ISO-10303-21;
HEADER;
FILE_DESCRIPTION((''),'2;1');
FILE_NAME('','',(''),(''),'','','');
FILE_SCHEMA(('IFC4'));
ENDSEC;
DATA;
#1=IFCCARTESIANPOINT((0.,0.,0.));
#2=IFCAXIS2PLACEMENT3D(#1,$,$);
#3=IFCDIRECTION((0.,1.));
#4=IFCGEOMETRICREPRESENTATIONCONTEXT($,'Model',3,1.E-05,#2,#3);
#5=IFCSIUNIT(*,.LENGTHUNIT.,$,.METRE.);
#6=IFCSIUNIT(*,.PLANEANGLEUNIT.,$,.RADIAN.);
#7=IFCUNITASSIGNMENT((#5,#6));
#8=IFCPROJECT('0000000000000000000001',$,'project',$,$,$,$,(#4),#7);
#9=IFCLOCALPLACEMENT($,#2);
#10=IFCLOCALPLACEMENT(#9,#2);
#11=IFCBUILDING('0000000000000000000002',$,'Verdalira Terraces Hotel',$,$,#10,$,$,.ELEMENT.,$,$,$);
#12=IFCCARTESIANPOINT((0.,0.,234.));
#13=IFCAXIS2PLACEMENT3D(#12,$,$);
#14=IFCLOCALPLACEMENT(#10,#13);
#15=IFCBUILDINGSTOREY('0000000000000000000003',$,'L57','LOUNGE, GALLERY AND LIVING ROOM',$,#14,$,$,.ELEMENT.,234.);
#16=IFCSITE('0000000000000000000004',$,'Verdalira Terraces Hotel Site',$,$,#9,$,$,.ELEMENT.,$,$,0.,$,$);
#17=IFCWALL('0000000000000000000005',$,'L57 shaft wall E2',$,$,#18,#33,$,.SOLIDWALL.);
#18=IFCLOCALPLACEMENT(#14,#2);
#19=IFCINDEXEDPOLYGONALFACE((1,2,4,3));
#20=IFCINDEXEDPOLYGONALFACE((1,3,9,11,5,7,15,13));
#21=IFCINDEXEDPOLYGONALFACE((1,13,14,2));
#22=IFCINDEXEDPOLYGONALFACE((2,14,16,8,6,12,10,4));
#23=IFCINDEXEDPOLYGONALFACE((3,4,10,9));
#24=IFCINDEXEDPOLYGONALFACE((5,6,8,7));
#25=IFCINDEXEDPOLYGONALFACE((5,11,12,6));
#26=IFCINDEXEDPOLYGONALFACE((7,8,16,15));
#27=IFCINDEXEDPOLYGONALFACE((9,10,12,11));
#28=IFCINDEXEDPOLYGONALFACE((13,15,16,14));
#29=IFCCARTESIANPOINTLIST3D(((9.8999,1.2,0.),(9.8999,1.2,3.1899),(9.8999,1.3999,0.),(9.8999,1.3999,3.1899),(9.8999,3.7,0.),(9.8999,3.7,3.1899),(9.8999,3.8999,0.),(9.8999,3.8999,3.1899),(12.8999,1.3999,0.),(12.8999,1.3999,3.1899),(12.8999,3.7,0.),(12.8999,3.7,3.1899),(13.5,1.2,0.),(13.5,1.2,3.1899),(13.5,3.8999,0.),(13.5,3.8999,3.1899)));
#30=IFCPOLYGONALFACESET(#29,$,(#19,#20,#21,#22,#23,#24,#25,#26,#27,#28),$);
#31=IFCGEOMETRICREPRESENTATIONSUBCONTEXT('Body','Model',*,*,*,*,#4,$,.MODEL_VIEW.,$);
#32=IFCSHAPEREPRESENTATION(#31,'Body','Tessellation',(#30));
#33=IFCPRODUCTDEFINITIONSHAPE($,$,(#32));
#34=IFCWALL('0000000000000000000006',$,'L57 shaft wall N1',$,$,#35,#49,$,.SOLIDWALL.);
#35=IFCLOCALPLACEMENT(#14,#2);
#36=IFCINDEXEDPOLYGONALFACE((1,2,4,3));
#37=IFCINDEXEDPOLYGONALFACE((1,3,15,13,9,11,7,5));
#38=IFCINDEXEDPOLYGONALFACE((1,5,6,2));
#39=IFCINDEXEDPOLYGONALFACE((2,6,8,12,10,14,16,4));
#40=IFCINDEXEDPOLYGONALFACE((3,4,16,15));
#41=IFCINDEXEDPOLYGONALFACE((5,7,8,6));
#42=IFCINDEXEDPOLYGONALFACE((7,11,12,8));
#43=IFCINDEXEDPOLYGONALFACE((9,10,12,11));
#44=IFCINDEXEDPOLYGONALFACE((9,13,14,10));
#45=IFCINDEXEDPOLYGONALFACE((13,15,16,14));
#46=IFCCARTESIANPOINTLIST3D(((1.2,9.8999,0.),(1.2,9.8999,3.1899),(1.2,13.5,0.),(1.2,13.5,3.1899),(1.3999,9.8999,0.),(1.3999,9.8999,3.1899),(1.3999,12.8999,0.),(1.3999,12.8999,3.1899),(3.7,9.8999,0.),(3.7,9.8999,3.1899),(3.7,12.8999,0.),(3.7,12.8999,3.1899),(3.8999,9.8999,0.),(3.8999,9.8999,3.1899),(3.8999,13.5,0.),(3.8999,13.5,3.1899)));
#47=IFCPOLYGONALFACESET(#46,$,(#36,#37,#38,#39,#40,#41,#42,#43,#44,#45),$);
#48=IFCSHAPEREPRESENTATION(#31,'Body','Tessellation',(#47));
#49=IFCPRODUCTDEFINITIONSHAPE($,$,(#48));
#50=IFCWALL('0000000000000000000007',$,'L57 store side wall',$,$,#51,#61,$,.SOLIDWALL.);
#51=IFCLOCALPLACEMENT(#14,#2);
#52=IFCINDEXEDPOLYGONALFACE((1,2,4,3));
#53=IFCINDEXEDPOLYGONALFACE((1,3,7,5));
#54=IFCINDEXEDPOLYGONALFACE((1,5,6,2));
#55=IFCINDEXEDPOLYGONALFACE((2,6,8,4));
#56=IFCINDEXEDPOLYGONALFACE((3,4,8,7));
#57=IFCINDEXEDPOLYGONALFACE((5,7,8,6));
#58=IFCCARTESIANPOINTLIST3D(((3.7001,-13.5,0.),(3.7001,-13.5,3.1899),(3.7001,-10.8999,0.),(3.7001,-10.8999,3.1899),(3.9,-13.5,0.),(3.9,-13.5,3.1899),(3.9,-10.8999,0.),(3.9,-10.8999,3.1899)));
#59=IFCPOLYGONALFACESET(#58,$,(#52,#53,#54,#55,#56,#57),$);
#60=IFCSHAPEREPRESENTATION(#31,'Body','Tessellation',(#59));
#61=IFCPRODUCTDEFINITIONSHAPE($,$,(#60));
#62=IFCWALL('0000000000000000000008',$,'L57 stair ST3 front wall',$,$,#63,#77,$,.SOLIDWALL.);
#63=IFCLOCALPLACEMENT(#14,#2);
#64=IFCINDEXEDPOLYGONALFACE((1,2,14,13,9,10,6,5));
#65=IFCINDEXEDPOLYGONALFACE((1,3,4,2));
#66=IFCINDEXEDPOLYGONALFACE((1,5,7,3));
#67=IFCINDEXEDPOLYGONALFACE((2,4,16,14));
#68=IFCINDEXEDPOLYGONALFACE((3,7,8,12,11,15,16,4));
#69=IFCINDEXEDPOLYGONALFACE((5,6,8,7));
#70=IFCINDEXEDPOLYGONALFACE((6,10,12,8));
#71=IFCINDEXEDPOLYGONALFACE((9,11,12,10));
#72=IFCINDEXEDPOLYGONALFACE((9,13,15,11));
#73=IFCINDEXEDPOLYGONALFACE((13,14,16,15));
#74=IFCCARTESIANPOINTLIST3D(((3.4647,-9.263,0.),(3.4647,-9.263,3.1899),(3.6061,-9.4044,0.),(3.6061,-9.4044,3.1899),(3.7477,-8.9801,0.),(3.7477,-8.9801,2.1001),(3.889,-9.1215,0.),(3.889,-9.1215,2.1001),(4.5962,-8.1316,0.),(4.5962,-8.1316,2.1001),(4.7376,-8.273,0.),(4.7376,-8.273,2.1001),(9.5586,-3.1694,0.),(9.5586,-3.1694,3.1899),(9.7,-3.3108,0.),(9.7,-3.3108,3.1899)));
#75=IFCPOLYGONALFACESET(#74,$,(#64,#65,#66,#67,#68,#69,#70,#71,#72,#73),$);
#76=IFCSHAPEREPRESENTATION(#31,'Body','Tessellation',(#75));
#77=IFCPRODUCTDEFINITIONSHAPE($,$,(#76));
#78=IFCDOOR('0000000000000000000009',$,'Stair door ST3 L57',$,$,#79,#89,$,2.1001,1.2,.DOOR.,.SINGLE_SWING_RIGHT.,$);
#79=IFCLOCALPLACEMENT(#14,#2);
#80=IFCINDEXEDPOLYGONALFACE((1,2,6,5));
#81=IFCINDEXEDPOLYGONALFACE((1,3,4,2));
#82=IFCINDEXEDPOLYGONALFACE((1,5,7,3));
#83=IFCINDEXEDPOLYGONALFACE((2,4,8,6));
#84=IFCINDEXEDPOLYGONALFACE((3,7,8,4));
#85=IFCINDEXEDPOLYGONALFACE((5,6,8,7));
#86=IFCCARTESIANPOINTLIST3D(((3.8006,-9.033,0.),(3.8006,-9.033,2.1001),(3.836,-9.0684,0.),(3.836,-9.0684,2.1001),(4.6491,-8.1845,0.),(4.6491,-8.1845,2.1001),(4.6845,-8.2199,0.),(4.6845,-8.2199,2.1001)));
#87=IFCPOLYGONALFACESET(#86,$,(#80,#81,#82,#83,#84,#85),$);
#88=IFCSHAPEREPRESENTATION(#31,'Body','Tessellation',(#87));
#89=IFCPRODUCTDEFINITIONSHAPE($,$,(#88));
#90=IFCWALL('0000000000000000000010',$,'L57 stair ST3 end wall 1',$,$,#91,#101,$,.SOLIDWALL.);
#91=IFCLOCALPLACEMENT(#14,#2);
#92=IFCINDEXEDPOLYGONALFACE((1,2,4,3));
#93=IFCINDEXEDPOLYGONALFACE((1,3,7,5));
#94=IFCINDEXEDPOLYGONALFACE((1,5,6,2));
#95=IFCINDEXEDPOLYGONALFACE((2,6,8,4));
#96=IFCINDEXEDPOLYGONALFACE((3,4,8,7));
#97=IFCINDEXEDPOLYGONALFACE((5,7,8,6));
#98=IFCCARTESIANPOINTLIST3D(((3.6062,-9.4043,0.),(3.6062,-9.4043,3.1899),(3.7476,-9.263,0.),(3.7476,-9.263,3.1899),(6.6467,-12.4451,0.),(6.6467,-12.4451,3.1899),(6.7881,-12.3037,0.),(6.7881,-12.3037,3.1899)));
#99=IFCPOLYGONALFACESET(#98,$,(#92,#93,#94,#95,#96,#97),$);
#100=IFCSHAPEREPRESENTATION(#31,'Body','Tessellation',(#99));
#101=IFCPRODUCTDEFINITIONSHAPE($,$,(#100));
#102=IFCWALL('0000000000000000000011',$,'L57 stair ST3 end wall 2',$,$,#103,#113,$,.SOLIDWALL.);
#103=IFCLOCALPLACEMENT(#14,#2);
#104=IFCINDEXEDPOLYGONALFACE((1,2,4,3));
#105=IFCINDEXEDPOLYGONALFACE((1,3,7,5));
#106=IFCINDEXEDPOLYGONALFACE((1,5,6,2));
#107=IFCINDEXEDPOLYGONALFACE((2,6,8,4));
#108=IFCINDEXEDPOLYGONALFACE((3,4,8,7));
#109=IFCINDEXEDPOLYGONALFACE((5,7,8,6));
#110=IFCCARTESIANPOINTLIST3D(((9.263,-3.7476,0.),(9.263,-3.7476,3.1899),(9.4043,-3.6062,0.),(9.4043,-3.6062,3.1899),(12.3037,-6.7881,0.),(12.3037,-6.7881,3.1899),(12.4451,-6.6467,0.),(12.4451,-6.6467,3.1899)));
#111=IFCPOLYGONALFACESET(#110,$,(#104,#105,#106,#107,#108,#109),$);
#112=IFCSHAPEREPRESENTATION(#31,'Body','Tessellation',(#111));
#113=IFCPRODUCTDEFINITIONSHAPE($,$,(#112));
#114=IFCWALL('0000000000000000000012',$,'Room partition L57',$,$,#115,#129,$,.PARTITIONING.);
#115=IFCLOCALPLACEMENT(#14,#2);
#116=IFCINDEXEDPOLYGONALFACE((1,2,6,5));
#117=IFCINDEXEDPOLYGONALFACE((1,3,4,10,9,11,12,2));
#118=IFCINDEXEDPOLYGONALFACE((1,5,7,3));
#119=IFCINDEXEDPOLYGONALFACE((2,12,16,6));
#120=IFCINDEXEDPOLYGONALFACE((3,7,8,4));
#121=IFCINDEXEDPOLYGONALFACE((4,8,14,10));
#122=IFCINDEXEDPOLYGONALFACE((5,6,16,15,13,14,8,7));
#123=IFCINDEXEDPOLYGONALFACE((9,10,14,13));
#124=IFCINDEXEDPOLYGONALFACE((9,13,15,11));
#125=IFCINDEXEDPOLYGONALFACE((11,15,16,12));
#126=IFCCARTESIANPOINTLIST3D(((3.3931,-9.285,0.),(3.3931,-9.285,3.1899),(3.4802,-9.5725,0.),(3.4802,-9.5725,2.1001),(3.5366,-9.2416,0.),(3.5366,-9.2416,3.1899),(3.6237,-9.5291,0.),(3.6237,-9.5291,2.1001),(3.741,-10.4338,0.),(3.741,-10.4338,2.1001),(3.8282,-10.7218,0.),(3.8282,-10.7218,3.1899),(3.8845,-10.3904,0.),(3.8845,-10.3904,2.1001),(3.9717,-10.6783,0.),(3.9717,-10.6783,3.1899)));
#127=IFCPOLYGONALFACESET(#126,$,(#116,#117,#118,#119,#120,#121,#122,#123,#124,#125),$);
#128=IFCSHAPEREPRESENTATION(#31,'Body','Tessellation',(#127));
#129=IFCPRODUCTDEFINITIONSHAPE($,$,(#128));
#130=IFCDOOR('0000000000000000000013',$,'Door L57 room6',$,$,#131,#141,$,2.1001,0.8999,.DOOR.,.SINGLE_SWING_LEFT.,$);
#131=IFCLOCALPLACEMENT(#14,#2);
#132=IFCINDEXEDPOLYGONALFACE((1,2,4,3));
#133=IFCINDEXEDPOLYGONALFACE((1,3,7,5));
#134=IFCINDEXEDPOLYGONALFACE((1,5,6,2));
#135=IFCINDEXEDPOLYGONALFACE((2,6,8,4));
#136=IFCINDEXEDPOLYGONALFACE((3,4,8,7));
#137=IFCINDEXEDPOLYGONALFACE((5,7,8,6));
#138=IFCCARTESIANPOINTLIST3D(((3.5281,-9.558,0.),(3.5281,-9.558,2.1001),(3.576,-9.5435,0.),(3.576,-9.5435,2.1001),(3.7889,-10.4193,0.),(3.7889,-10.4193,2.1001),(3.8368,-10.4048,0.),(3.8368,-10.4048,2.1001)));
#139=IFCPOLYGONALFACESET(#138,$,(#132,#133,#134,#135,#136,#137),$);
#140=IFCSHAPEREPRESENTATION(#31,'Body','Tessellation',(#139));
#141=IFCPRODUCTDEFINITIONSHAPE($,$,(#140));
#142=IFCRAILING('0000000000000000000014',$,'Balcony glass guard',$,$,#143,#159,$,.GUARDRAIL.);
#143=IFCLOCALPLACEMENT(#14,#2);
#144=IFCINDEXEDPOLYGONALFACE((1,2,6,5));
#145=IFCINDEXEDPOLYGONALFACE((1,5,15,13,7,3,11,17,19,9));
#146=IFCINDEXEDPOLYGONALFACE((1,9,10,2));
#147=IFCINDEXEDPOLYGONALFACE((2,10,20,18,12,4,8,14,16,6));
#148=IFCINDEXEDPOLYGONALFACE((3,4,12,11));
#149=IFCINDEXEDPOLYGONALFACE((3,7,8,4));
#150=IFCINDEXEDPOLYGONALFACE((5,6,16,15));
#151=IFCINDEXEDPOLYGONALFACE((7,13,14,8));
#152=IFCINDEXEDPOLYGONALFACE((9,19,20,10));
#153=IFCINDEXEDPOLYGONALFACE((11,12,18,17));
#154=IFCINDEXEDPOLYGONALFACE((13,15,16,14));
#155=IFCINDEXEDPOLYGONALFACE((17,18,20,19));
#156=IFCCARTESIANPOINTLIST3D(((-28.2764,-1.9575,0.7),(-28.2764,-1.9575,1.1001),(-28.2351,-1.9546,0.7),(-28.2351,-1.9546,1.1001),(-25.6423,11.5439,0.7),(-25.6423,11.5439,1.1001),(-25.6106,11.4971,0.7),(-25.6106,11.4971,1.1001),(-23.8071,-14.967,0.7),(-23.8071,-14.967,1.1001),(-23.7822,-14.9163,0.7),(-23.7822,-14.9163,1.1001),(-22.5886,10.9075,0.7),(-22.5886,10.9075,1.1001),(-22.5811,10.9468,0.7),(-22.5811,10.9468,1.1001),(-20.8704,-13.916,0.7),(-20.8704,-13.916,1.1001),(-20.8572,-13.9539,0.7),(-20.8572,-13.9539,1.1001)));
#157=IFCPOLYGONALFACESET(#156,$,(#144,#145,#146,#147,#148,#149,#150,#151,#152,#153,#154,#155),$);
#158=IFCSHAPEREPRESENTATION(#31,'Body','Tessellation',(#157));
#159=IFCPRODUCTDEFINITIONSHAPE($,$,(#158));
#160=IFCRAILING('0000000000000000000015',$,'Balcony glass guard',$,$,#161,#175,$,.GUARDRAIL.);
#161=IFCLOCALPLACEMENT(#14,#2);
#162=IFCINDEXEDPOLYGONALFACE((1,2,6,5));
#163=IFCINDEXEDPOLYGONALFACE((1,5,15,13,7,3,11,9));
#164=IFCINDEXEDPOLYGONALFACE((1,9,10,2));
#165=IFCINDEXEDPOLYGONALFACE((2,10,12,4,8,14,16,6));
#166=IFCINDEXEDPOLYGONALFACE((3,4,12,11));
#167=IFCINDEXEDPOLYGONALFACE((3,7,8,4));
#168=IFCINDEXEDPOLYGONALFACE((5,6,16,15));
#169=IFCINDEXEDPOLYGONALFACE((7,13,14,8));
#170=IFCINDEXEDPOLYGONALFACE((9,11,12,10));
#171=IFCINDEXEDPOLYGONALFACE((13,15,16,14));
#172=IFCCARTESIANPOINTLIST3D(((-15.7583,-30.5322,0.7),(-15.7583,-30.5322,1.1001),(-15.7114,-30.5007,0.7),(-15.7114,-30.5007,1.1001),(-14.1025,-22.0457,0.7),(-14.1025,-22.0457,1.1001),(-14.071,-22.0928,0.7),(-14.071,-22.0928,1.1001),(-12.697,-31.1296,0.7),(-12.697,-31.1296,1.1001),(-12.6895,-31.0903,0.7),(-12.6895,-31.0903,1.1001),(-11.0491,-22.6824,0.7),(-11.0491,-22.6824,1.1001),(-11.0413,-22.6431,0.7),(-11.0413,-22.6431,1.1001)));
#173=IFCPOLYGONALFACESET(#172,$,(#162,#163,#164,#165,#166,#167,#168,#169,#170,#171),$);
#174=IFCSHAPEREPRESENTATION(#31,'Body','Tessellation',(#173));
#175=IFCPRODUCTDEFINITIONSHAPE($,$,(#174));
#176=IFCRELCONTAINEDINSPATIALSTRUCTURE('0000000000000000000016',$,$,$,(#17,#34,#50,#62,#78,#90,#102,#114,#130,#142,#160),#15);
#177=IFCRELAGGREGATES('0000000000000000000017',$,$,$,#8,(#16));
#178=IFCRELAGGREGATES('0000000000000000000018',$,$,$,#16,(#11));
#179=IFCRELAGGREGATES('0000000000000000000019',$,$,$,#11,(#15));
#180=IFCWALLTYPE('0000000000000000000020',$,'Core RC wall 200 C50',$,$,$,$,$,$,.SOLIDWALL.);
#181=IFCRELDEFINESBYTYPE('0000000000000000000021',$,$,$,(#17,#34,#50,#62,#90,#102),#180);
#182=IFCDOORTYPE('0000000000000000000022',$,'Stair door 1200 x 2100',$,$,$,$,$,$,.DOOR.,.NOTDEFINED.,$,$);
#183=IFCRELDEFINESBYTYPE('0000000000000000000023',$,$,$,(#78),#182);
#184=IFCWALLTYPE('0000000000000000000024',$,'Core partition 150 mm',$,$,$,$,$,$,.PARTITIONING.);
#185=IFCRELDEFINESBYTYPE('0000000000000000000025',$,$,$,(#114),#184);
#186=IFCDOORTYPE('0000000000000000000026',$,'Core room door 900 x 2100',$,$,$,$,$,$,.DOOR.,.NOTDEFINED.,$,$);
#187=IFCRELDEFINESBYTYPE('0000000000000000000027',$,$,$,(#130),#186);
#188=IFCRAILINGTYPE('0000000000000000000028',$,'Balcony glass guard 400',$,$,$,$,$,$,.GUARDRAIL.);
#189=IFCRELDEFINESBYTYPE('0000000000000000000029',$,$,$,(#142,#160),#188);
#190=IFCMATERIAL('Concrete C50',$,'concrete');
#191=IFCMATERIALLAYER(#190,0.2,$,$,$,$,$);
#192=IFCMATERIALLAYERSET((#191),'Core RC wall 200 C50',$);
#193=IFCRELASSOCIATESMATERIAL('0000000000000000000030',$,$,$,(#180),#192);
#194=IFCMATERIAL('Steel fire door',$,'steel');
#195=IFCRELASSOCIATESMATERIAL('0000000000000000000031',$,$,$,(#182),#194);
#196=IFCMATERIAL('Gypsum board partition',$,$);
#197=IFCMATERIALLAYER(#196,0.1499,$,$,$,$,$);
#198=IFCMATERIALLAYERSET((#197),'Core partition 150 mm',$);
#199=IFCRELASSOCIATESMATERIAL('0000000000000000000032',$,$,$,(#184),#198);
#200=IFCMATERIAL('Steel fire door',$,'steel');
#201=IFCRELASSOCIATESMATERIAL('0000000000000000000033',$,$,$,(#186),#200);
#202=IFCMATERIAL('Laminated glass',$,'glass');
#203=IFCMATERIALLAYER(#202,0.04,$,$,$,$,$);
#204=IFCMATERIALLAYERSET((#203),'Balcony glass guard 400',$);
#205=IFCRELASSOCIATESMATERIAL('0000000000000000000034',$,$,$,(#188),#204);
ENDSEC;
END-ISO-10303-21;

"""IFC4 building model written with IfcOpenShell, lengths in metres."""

from ifc_helpers import new_model, si_unit, direction, frame, frame_2d, origin, place, context, subcontext, project, spatial, polyline, rectangle, outline, extrude, material, layer, layer_set, type_object, element, fill, save


model = new_model("IFC4")

# Units and contexts
model_context = context("Model", 3, precision=1e-05, world=origin(), true_north=direction((0.0, 1.0)))
body_context = subcontext(model_context, "Body", "Model", "MODEL_VIEW")
ifc_project = project(units=[si_unit("LENGTHUNIT", "METRE"), si_unit("PLANEANGLEUNIT", "RADIAN")], contexts=[model_context])

# Site, building, storey
site_placement = place(None, origin())
site = spatial("IfcSite", under=ifc_project, at=site_placement, Name="Verdalira Terraces Hotel Site", CompositionType="ELEMENT", RefElevation=0.0)
building_placement = place(site_placement, origin())
building = spatial("IfcBuilding", under=site, at=building_placement, Name="Verdalira Terraces Hotel", CompositionType="ELEMENT")
storey_placement = place(building_placement, frame((0.0, 0.0, 234.0)))
storey = spatial("IfcBuildingStorey", under=building, at=storey_placement, Name="L57", Description="LOUNGE, GALLERY AND LIVING ROOM", CompositionType="ELEMENT", Elevation=234.0)

# Walls
ifc_material_1 = material(Name="Concrete C50", Category="concrete")
ifc_layer_1 = layer(ifc_material_1, 0.2)
ifc_layer_set_1 = layer_set([ifc_layer_1], Name="Core RC wall 200 C50")
wall_type_1 = type_object("IfcWallType", Name="Core RC wall 200 C50", PredefinedType="SOLIDWALL", material=ifc_layer_set_1)
wall_1_placement = place(storey_placement, origin())
element("IfcWall", 1, at=wall_1_placement, inside=storey, type_object=wall_type_1, Name="L57 shaft wall E2", PredefinedType="SOLIDWALL", context=body_context, shape_type="SweptSolid", body=[
    extrude(outline(polyline([(13.5, 3.8999), (13.5, 1.2), (9.8999, 1.2), (9.8999, 1.3999), (12.8999, 1.3999), (12.8999, 3.7), (9.8999, 3.7), (9.8999, 3.8999), (13.5, 3.8999)])), origin(), (0.0, 0.0, 1.0), 3.1899),
])
wall_2_placement = place(storey_placement, origin())
element("IfcWall", 2, at=wall_2_placement, inside=storey, type_object=wall_type_1, Name="L57 shaft wall N1", PredefinedType="SOLIDWALL", context=body_context, shape_type="SweptSolid", body=[
    extrude(outline(polyline([(3.8999, 9.8999), (3.7, 9.8999), (3.7, 12.8999), (1.3999, 12.8999), (1.3999, 9.8999), (1.2, 9.8999), (1.2, 13.5), (3.8999, 13.5), (3.8999, 9.8999)])), origin(), (0.0, 0.0, 1.0), 3.1899),
])
wall_3_placement = place(storey_placement, frame((3.8, -10.8999, 0.0), z_axis=(0.0, 0.0, 1.0), x_axis=(0.0, -1.0, 0.0)))
element("IfcWall", 3, at=wall_3_placement, inside=storey, type_object=wall_type_1, Name="L57 store side wall", PredefinedType="SOLIDWALL", context=body_context, shape_type="SweptSolid", body=[
    extrude(rectangle(XDim=2.6001, YDim=0.2, at=frame_2d((1.3, 0.0))), origin(), (0.0, 0.0, 1.0), 3.1899),
])

# Wall, opening, door
wall_4_placement = place(storey_placement, frame((9.6294, -3.24, 0.0), z_axis=(0.0, 0.0, 1.0), x_axis=(-0.707121, -0.707093, 0.0)))
wall_4 = element("IfcWall", 4, at=wall_4_placement, inside=storey, type_object=wall_type_1, Name="L57 stair ST3 front wall", PredefinedType="SOLIDWALL", context=body_context, shape_type="SweptSolid", body=[
    extrude(rectangle(XDim=8.6179, YDim=0.2, at=frame_2d((4.3091, 0.0))), origin(), (0.0, 0.0, 1.0), 3.1899),
])
opening_1_placement = place(wall_4_placement, frame((7.0178, 0.0, 0.0)))
opening_1 = element("IfcOpeningElement", 5, at=opening_1_placement, cuts=wall_4, PredefinedType="OPENING", context=body_context, shape_type="SweptSolid", body=[
    extrude(rectangle(XDim=1.2, YDim=2.1001, at=frame_2d((0.6001, 1.05))), frame((0.0, 0.1099, 0.0), z_axis=(0.0, -1.0, 0.0), x_axis=(1.0, 0.0, 0.0)), (0.0, 0.0, 1.0), 0.22),
])
ifc_material_2 = material(Name="Steel fire door", Category="steel")
door_type_1 = type_object("IfcDoorType", Name="Stair door 1200 x 2100", OperationType="NOTDEFINED", PredefinedType="DOOR", material=ifc_material_2)
door_1_placement = place(opening_1_placement, origin())
door_1 = element("IfcDoor", 6, at=door_1_placement, inside=storey, type_object=door_type_1, Name="Stair door ST3 L57", OperationType="SINGLE_SWING_RIGHT", OverallHeight=2.1001, OverallWidth=1.2, PredefinedType="DOOR", context=body_context, shape_type="SweptSolid", body=[
    extrude(rectangle(XDim=1.2, YDim=2.1001, at=frame_2d((0.6001, 1.05))), frame((0.0, 0.0249, 0.0), z_axis=(0.0, -1.0, 0.0), x_axis=(1.0, 0.0, 0.0)), (0.0, 0.0, 1.0), 0.05),
])
fill(opening_1, door_1)

# Walls
for number, where, z_axis, x_axis, name in (
    (7, (3.677, -9.3337, 0.0), (0.0, 0.0, 1.0), (0.707078, -0.707135, 0.0), "L57 stair ST3 end wall 1"),
    (8, (9.3337, -3.677, 0.0), (0.0, 0.0, 1.0), (0.707135, -0.707078, 0.0), "L57 stair ST3 end wall 2"),
):
    element("IfcWall", number, at=place(storey_placement, frame(where, z_axis=z_axis, x_axis=x_axis)), inside=storey, type_object=wall_type_1, Name=name, PredefinedType="SOLIDWALL", context=body_context, shape_type="SweptSolid", body=[
        extrude(rectangle(XDim=4.3, YDim=0.2, at=frame_2d((2.1499, 0.0))), origin(), (0.0, 0.0, 1.0), 3.1899),
    ])

# Wall, opening, door
ifc_material_3 = material(Name="Gypsum board partition")
ifc_layer_2 = layer(ifc_material_3, 0.1499)
ifc_layer_set_2 = layer_set([ifc_layer_2], Name="Core partition 150 mm")
wall_type_2 = type_object("IfcWallType", Name="Core partition 150 mm", PredefinedType="PARTITIONING", material=ifc_layer_set_2)
wall_5_placement = place(storey_placement, frame((3.8999, -10.7, 0.0), z_axis=(0.0, 0.0, 1.0), x_axis=(-0.289809, 0.957085, 0.0)))
wall_5 = element("IfcWall", 9, at=wall_5_placement, inside=storey, type_object=wall_type_2, Name="Room partition L57", PredefinedType="PARTITIONING", context=body_context, shape_type="SweptSolid", body=[
    extrude(rectangle(XDim=1.5012, YDim=0.1499, at=frame_2d((0.7505, 0.0))), origin(), (0.0, 0.0, 1.0), 3.1899),
])
opening_2_placement = place(wall_5_placement, frame((0.3008, 0.0, 0.0)))
opening_2 = element("IfcOpeningElement", 10, at=opening_2_placement, cuts=wall_5, PredefinedType="OPENING", context=body_context, shape_type="SweptSolid", body=[
    extrude(rectangle(XDim=0.8999, YDim=2.1001, at=frame_2d((0.45, 1.05))), frame((0.0, 0.085, 0.0), z_axis=(0.0, -1.0, 0.0), x_axis=(1.0, 0.0, 0.0)), (0.0, 0.0, 1.0), 0.1699),
])
ifc_material_4 = material(Name="Steel fire door", Category="steel")
door_type_2 = type_object("IfcDoorType", Name="Core room door 900 x 2100", OperationType="NOTDEFINED", PredefinedType="DOOR", material=ifc_material_4)
door_2_placement = place(opening_2_placement, origin())
door_2 = element("IfcDoor", 11, at=door_2_placement, inside=storey, type_object=door_type_2, Name="Door L57 room6", OperationType="SINGLE_SWING_LEFT", OverallHeight=2.1001, OverallWidth=0.8999, PredefinedType="DOOR", context=body_context, shape_type="SweptSolid", body=[
    extrude(rectangle(XDim=0.8999, YDim=2.1001, at=frame_2d((0.45, 1.05))), frame((0.0, 0.0249, 0.0), z_axis=(0.0, -1.0, 0.0), x_axis=(1.0, 0.0, 0.0)), (0.0, 0.0, 1.0), 0.05),
])
fill(opening_2, door_2)

# Railings
ifc_material_5 = material(Name="Laminated glass", Category="glass")
ifc_layer_3 = layer(ifc_material_5, 0.04)
ifc_layer_set_3 = layer_set([ifc_layer_3], Name="Balcony glass guard 400")
railing_type_1 = type_object("IfcRailingType", Name="Balcony glass guard 400", PredefinedType="GUARDRAIL", material=ifc_layer_set_3)
railing_1_placement = place(storey_placement, frame((0.0, 0.0, 0.7)))
element("IfcRailing", 12, at=railing_1_placement, inside=storey, type_object=railing_type_1, Name="Balcony glass guard", PredefinedType="GUARDRAIL", context=body_context, shape_type="SweptSolid", body=[
    extrude(outline(polyline([(-25.6106, 11.4971), (-28.2351, -1.9546), (-23.7822, -14.9163), (-20.8704, -13.916), (-20.8572, -13.9539), (-23.8071, -14.967), (-28.2764, -1.9575), (-25.6423, 11.5439), (-22.5811, 10.9468), (-22.5886, 10.9075), (-25.6106, 11.4971)])), origin(), (0.0, 0.0, 1.0), 0.4001),
])
railing_2_placement = place(storey_placement, frame((0.0, 0.0, 0.7)))
element("IfcRailing", 13, at=railing_2_placement, inside=storey, type_object=railing_type_1, Name="Balcony glass guard", PredefinedType="GUARDRAIL", context=body_context, shape_type="SweptSolid", body=[
    extrude(outline(polyline([(-14.071, -22.0928), (-15.7114, -30.5007), (-12.6895, -31.0903), (-12.697, -31.1296), (-15.7583, -30.5322), (-14.1025, -22.0457), (-11.0413, -22.6431), (-11.0491, -22.6824), (-14.071, -22.0928)])), origin(), (0.0, 0.0, 1.0), 0.4001),
])

save(model, "model.ifc")
